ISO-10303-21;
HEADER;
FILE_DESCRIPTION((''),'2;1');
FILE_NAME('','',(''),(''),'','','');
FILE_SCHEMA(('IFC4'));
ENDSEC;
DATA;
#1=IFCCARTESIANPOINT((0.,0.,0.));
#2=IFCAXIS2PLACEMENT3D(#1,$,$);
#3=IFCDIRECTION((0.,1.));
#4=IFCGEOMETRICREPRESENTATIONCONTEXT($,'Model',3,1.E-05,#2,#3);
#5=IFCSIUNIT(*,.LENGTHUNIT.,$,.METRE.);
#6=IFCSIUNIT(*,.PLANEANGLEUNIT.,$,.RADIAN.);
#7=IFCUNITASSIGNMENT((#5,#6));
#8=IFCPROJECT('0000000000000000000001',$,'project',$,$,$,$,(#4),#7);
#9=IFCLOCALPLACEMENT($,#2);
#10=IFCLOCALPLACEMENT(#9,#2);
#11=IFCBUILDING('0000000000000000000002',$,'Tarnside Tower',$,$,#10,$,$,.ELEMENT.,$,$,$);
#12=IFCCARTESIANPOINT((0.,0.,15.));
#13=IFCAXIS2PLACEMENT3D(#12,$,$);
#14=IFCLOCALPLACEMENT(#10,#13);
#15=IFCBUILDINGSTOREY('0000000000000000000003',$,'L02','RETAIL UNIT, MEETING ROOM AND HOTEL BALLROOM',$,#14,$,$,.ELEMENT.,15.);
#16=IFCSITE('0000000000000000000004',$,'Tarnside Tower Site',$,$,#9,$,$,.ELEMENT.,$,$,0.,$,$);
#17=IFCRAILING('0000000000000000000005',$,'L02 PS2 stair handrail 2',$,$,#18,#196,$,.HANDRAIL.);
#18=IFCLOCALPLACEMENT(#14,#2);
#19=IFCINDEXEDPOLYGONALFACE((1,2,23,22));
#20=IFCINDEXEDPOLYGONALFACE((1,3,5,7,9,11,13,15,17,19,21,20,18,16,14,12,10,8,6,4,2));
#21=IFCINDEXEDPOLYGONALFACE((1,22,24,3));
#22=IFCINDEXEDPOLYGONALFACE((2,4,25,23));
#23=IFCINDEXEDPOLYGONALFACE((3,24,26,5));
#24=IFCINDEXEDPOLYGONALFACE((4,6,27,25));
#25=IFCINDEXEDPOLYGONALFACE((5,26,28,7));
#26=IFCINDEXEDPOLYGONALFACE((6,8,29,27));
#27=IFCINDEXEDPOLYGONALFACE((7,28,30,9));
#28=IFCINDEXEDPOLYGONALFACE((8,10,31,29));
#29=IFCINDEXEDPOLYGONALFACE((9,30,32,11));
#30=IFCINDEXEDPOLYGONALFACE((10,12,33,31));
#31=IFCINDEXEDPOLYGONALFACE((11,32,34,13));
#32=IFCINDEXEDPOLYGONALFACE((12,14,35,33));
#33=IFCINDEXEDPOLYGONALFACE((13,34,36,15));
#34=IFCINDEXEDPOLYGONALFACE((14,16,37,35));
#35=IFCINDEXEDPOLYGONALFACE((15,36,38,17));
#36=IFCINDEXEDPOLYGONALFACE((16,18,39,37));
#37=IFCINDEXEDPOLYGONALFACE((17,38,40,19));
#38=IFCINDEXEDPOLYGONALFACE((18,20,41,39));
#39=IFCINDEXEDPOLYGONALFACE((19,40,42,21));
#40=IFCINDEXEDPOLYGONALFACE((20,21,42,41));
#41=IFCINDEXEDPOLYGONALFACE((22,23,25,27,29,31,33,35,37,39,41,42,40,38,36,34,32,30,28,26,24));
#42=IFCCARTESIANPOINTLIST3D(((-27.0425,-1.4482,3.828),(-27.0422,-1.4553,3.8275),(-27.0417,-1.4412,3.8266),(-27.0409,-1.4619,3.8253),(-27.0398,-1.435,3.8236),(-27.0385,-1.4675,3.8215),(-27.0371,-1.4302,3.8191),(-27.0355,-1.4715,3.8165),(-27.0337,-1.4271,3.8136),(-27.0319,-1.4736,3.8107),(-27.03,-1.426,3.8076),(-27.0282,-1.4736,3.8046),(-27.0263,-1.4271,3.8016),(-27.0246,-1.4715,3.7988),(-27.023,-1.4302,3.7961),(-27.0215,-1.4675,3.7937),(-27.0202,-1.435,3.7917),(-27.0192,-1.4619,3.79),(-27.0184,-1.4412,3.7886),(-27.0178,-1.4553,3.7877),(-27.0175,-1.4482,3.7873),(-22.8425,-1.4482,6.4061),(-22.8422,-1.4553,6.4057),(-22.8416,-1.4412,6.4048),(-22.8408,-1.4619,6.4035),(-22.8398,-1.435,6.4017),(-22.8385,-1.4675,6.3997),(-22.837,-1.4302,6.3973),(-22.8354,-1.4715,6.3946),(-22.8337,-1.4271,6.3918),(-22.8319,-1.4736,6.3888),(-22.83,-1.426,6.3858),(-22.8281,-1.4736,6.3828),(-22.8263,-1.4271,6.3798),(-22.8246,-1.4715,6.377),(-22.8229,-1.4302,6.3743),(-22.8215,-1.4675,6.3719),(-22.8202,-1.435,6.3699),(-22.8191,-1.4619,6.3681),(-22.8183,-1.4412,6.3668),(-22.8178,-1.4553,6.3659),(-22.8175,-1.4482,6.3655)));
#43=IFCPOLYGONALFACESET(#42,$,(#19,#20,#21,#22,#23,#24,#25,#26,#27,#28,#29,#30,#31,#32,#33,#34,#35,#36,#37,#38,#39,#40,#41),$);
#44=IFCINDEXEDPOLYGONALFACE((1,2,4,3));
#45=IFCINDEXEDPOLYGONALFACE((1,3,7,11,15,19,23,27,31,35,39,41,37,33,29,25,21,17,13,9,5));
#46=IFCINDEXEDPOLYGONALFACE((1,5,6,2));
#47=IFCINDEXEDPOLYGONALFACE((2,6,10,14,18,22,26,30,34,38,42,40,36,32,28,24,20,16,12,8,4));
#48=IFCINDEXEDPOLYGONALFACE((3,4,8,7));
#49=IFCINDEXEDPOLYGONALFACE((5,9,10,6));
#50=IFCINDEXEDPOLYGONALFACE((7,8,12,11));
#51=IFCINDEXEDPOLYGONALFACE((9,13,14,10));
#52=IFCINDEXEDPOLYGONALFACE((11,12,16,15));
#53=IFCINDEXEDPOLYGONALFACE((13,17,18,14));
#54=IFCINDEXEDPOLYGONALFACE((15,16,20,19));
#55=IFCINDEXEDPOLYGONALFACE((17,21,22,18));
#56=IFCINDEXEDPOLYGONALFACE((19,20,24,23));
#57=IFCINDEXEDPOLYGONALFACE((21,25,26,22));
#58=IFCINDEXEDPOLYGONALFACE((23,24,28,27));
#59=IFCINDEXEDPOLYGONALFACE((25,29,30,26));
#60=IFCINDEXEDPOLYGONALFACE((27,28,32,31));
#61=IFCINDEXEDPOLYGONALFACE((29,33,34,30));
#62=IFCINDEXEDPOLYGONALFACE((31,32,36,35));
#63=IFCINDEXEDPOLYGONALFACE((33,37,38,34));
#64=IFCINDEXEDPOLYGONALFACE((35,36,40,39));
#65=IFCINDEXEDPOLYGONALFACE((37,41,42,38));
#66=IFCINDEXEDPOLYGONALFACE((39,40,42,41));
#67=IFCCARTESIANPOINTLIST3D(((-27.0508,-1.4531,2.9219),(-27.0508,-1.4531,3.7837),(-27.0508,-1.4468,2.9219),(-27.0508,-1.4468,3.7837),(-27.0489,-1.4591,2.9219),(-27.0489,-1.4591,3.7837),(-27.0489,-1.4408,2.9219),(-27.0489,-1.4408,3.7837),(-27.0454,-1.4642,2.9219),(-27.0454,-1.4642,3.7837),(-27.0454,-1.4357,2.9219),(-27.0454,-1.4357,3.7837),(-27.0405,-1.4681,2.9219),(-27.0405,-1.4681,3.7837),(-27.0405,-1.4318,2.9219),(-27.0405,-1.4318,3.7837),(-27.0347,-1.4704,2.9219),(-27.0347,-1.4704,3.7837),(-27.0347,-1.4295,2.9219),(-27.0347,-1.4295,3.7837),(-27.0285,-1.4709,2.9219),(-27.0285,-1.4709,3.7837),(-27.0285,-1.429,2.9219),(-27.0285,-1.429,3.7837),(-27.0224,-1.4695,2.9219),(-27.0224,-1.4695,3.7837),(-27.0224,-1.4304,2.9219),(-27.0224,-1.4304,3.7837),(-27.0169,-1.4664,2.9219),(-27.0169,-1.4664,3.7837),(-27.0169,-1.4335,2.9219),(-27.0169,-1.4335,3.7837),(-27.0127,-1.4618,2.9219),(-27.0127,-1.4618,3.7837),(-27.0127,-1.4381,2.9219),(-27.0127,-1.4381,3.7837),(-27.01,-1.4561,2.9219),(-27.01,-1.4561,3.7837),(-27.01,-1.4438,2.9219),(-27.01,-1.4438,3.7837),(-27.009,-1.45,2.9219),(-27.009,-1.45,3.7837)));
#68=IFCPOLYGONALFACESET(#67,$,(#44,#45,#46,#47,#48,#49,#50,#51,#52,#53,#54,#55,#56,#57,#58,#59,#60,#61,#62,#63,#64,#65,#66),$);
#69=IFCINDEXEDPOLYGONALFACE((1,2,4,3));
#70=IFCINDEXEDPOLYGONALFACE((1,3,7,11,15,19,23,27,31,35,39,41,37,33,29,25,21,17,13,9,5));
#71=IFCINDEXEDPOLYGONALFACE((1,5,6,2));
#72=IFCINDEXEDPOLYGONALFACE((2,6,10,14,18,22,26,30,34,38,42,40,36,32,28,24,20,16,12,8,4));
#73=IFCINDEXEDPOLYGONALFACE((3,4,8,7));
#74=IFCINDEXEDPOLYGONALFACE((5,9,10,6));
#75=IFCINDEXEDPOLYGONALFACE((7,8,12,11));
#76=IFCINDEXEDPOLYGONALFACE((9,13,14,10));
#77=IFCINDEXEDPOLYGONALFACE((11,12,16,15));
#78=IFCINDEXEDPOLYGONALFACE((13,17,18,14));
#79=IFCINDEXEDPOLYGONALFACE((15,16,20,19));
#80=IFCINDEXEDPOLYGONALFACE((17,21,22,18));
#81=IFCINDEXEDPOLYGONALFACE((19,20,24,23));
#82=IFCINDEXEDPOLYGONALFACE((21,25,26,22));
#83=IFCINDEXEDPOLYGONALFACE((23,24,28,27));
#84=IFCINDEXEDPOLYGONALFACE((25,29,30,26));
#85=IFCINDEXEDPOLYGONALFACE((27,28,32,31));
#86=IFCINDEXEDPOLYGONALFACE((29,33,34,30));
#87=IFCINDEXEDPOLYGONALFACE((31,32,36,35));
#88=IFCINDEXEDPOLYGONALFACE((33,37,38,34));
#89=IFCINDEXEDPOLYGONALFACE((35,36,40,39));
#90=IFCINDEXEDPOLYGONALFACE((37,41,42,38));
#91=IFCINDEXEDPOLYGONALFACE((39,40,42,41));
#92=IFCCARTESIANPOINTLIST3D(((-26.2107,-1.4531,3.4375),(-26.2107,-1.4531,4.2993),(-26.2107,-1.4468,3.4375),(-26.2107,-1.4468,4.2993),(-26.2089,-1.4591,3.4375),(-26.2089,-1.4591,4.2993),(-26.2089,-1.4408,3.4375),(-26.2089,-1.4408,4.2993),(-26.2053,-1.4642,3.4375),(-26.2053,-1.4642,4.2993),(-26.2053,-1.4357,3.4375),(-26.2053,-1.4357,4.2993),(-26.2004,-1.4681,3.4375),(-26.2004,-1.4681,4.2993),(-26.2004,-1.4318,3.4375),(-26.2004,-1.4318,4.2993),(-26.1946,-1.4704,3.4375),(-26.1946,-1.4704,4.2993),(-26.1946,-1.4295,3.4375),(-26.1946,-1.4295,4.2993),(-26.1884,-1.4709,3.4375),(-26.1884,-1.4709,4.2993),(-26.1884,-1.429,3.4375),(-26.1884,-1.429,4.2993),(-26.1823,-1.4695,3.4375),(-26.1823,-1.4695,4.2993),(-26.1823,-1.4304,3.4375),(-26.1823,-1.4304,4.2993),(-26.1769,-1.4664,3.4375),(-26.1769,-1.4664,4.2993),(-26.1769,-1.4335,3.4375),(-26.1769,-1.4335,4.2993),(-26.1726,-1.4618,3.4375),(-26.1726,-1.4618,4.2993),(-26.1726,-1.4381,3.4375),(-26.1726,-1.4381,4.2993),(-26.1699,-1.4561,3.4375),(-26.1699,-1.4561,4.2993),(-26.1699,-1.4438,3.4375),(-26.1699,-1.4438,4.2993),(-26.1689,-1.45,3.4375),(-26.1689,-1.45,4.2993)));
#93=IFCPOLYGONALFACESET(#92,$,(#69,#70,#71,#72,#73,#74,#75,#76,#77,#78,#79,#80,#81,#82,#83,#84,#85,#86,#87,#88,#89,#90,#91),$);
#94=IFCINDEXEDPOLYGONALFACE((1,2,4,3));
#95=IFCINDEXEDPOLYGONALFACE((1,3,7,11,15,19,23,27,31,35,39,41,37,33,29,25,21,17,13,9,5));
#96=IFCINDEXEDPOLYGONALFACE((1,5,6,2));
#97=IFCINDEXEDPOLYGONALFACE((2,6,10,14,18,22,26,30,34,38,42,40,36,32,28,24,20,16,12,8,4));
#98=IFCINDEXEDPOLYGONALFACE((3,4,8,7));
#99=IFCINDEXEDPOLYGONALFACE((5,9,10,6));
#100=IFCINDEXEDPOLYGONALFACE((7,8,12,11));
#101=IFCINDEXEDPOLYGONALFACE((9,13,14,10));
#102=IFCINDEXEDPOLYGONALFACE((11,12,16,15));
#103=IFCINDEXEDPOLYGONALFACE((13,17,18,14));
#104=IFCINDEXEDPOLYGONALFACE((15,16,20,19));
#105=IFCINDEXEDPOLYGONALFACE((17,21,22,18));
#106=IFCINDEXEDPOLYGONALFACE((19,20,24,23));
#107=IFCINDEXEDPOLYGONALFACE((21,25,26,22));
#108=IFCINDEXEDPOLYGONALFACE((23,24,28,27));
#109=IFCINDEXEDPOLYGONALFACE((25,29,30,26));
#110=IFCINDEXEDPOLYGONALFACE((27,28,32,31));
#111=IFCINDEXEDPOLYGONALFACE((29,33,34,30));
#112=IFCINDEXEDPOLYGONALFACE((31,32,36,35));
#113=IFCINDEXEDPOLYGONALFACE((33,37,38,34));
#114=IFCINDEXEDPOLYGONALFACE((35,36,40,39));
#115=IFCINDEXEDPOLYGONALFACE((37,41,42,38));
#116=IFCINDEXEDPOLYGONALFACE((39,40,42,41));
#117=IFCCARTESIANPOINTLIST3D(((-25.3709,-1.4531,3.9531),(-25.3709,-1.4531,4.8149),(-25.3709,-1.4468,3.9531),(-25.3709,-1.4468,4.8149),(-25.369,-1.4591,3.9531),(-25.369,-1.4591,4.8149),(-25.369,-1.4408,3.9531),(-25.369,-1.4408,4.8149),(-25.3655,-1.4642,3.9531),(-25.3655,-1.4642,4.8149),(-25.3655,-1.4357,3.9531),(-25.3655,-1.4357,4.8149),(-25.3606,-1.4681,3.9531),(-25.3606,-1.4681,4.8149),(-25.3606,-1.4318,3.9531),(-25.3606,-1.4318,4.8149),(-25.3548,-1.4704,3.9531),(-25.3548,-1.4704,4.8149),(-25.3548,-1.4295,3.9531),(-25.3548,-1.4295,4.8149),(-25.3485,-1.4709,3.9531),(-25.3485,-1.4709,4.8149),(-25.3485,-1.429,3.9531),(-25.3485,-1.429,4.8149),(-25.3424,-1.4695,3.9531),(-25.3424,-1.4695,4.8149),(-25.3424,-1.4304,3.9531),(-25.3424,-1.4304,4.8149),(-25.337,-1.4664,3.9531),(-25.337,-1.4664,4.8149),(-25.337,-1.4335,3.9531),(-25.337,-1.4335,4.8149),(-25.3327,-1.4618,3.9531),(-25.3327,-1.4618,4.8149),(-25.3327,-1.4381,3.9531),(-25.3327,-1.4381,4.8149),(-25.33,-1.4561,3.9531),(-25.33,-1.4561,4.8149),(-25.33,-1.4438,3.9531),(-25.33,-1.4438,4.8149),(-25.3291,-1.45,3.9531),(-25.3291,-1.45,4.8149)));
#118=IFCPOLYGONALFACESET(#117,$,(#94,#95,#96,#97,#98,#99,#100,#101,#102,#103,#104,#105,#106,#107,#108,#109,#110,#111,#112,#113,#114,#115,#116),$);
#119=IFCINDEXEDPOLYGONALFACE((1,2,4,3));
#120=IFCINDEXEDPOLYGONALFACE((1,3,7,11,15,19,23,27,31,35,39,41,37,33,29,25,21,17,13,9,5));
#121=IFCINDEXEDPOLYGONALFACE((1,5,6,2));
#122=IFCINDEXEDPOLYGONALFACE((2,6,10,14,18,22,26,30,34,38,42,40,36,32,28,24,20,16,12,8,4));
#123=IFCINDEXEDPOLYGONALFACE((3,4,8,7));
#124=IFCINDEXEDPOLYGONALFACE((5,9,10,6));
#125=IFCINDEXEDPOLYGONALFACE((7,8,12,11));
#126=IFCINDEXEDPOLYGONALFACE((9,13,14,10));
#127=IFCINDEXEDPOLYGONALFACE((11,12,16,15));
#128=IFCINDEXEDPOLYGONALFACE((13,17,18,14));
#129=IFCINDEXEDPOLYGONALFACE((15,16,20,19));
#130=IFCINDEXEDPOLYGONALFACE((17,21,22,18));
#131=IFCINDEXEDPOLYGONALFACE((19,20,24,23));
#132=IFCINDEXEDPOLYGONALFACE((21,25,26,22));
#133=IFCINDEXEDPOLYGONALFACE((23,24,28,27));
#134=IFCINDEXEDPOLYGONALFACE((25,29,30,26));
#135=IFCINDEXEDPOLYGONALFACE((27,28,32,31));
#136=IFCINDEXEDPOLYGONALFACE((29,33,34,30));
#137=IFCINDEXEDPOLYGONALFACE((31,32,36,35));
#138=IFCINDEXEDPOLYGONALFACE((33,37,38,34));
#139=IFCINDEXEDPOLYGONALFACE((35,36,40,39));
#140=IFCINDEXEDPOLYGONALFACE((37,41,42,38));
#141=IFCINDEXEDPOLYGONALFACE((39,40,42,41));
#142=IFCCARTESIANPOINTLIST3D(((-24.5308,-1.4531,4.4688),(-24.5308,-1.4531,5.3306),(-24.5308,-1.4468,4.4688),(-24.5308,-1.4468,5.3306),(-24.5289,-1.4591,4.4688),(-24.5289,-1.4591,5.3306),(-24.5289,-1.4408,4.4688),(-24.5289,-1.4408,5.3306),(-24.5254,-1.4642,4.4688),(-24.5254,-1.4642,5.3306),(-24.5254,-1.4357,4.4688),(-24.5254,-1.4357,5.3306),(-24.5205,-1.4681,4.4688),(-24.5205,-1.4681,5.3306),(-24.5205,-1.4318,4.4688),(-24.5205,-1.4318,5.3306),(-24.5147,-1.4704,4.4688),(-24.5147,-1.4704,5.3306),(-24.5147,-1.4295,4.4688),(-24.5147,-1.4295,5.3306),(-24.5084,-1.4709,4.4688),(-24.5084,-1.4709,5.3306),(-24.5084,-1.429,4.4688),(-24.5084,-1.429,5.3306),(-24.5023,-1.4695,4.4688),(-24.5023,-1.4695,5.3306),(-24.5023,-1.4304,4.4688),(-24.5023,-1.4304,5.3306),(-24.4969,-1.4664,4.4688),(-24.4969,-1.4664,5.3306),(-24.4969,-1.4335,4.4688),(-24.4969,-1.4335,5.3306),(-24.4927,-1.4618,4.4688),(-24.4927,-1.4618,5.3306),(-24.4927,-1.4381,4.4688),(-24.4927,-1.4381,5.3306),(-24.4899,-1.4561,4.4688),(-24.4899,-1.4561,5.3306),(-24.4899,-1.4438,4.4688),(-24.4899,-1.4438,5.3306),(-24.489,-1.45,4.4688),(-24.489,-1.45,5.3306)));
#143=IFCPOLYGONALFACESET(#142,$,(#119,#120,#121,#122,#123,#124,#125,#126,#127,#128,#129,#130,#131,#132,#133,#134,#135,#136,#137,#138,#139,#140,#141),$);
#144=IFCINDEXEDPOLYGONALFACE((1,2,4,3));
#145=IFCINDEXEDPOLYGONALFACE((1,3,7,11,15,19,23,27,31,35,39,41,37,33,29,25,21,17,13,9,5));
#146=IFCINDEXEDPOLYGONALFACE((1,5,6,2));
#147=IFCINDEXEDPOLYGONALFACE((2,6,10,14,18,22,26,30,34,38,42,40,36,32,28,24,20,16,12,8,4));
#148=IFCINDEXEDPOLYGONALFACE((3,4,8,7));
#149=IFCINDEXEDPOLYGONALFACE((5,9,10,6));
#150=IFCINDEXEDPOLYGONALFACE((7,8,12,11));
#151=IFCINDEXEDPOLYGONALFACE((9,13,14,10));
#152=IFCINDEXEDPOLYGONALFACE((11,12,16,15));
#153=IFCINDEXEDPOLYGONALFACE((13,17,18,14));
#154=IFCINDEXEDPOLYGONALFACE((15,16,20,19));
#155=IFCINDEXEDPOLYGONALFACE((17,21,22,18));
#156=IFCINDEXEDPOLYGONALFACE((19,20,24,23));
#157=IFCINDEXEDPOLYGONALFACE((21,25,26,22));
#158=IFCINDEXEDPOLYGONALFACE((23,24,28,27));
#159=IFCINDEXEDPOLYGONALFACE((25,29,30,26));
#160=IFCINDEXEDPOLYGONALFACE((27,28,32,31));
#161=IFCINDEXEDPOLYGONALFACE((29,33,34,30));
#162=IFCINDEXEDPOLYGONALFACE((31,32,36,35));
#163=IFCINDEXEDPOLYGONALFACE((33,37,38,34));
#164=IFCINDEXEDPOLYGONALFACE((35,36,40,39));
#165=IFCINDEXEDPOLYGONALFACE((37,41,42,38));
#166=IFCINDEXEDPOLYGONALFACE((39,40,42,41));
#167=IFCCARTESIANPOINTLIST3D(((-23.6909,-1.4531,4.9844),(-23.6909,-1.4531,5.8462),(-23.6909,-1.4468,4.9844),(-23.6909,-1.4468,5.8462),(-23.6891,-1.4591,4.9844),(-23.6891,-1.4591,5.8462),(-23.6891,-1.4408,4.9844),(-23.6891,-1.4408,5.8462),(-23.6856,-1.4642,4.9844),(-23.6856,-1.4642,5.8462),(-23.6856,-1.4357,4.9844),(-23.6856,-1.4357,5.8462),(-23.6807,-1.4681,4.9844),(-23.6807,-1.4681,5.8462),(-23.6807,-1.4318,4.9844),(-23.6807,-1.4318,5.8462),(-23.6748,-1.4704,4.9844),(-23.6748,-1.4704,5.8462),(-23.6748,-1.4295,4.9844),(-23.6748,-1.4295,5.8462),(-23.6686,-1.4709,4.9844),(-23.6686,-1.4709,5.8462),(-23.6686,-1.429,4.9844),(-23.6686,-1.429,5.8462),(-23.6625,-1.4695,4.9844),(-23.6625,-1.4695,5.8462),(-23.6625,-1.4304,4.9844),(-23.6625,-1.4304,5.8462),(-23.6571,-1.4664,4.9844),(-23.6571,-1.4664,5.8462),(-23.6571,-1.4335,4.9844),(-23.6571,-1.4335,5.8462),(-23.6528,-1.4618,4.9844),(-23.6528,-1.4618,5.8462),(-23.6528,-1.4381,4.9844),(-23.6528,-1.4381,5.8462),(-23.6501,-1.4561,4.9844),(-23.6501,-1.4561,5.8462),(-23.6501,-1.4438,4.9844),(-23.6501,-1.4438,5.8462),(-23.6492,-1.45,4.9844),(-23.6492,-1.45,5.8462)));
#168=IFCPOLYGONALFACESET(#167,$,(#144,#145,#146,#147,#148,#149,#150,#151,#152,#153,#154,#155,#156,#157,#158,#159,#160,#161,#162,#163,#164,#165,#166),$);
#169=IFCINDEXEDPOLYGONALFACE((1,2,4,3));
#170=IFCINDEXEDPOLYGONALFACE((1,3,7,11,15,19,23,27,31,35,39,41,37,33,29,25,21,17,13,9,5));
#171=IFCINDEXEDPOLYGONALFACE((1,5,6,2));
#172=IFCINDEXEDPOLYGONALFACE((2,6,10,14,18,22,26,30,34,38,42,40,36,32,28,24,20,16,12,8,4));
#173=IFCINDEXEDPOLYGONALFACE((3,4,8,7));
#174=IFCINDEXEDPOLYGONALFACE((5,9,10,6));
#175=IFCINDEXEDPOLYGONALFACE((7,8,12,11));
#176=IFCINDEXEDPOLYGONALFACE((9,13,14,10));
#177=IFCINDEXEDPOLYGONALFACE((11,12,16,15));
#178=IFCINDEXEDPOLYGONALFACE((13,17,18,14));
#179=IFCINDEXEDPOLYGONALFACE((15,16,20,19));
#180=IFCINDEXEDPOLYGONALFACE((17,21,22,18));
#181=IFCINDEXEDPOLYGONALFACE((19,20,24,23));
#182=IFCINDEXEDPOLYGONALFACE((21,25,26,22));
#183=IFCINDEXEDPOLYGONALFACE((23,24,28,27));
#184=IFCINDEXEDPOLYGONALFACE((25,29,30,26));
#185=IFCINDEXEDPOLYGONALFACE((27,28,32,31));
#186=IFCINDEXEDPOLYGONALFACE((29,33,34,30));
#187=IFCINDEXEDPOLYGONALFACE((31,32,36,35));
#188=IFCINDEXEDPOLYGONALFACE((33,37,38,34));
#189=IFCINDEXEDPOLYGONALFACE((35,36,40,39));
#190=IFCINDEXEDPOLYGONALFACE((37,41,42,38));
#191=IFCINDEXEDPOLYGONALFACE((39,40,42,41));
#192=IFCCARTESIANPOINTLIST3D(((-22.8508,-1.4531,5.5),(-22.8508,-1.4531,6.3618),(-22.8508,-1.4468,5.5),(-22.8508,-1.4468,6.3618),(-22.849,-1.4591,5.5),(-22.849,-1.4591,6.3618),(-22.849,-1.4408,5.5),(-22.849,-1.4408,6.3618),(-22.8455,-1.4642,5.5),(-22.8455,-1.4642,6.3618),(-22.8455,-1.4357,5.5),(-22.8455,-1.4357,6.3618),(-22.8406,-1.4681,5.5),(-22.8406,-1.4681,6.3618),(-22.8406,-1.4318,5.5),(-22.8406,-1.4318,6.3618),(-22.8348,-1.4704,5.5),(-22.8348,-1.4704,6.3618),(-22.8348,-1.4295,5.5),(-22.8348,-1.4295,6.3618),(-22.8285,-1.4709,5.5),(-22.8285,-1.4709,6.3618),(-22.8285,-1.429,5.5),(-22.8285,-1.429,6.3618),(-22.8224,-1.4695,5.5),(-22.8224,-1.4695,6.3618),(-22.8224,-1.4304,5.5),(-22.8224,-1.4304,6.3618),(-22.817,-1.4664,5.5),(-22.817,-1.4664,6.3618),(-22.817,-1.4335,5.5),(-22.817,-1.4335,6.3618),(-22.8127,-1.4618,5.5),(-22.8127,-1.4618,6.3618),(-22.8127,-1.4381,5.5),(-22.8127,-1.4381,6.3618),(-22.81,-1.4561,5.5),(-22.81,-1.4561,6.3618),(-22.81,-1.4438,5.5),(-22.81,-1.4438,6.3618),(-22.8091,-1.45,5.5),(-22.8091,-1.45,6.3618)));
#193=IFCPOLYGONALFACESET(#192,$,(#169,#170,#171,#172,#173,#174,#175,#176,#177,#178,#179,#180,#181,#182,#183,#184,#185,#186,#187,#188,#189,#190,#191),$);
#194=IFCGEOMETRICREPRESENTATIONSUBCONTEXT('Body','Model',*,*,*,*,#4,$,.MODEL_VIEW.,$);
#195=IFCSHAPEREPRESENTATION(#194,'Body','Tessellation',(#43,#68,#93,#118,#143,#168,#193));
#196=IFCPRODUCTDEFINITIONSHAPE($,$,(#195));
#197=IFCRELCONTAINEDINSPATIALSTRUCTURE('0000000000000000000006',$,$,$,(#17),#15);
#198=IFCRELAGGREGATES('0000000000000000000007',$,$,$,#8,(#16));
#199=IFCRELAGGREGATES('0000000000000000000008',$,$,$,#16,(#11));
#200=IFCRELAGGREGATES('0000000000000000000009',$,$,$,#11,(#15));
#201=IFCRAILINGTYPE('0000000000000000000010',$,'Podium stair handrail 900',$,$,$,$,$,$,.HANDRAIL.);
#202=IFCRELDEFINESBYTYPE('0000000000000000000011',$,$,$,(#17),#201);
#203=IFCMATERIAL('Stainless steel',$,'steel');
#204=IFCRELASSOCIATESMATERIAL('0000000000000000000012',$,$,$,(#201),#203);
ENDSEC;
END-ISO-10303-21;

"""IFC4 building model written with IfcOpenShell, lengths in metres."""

from ifc_helpers import new_model, si_unit, direction, frame, origin, origin_2d, place, context, subcontext, project, spatial, circle, extrude, material, type_object, element, save


model = new_model("IFC4")

# Units and contexts
model_context = context("Model", 3, precision=1e-05, world=origin(), true_north=direction((0.0, 1.0)))
body_context = subcontext(model_context, "Body", "Model", "MODEL_VIEW")
ifc_project = project(units=[si_unit("LENGTHUNIT", "METRE"), si_unit("PLANEANGLEUNIT", "RADIAN")], contexts=[model_context])

# Site, building, storey
site_placement = place(None, origin())
site = spatial("IfcSite", under=ifc_project, at=site_placement, Name="Tarnside Tower Site", CompositionType="ELEMENT", RefElevation=0.0)
building_placement = place(site_placement, origin())
building = spatial("IfcBuilding", under=site, at=building_placement, Name="Tarnside Tower", CompositionType="ELEMENT")
storey_placement = place(building_placement, frame((0.0, 0.0, 15.0)))
storey = spatial("IfcBuildingStorey", under=building, at=storey_placement, Name="L02", Description="RETAIL UNIT, MEETING ROOM AND HOTEL BALLROOM", CompositionType="ELEMENT", Elevation=15.0)

# Railing
ifc_material_1 = material(Name="Stainless steel", Category="steel")
railing_type_1 = type_object("IfcRailingType", Name="Podium stair handrail 900", PredefinedType="HANDRAIL", material=ifc_material_1)
railing_1_placement = place(storey_placement, frame((-27.03, -1.45, 2.9219)))
element("IfcRailing", 1, at=railing_1_placement, inside=storey, type_object=railing_type_1, Name="L02 PS2 stair handrail 2", PredefinedType="HANDRAIL", context=body_context, shape_type="SweptSolid", body=[
    extrude(circle(Radius=0.0239, at=origin_2d()), frame((0.0, 0.0, 0.8857), z_axis=(0.852243, 0.0, 0.523146), x_axis=(0.0, 1.0, 0.0)), (0.0, 0.0, 1.0), 4.9282),
    extrude(circle(Radius=0.021, at=origin_2d()), origin(), (0.0, 0.0, 1.0), 0.8618),
    extrude(circle(Radius=0.021, at=origin_2d()), frame((0.8401, 0.0, 0.5156)), (0.0, 0.0, 1.0), 0.8618),
    extrude(circle(Radius=0.021, at=origin_2d()), frame((1.6799, 0.0, 1.0312)), (0.0, 0.0, 1.0), 0.8618),
    extrude(circle(Radius=0.021, at=origin_2d()), frame((2.52, 0.0, 1.5469)), (0.0, 0.0, 1.0), 0.8618),
    extrude(circle(Radius=0.021, at=origin_2d()), frame((3.3599, 0.0, 2.0625)), (0.0, 0.0, 1.0), 0.8618),
    extrude(circle(Radius=0.021, at=origin_2d()), frame((4.2, 0.0, 2.5781)), (0.0, 0.0, 1.0), 0.8618),
])

save(model, "model.ifc")
